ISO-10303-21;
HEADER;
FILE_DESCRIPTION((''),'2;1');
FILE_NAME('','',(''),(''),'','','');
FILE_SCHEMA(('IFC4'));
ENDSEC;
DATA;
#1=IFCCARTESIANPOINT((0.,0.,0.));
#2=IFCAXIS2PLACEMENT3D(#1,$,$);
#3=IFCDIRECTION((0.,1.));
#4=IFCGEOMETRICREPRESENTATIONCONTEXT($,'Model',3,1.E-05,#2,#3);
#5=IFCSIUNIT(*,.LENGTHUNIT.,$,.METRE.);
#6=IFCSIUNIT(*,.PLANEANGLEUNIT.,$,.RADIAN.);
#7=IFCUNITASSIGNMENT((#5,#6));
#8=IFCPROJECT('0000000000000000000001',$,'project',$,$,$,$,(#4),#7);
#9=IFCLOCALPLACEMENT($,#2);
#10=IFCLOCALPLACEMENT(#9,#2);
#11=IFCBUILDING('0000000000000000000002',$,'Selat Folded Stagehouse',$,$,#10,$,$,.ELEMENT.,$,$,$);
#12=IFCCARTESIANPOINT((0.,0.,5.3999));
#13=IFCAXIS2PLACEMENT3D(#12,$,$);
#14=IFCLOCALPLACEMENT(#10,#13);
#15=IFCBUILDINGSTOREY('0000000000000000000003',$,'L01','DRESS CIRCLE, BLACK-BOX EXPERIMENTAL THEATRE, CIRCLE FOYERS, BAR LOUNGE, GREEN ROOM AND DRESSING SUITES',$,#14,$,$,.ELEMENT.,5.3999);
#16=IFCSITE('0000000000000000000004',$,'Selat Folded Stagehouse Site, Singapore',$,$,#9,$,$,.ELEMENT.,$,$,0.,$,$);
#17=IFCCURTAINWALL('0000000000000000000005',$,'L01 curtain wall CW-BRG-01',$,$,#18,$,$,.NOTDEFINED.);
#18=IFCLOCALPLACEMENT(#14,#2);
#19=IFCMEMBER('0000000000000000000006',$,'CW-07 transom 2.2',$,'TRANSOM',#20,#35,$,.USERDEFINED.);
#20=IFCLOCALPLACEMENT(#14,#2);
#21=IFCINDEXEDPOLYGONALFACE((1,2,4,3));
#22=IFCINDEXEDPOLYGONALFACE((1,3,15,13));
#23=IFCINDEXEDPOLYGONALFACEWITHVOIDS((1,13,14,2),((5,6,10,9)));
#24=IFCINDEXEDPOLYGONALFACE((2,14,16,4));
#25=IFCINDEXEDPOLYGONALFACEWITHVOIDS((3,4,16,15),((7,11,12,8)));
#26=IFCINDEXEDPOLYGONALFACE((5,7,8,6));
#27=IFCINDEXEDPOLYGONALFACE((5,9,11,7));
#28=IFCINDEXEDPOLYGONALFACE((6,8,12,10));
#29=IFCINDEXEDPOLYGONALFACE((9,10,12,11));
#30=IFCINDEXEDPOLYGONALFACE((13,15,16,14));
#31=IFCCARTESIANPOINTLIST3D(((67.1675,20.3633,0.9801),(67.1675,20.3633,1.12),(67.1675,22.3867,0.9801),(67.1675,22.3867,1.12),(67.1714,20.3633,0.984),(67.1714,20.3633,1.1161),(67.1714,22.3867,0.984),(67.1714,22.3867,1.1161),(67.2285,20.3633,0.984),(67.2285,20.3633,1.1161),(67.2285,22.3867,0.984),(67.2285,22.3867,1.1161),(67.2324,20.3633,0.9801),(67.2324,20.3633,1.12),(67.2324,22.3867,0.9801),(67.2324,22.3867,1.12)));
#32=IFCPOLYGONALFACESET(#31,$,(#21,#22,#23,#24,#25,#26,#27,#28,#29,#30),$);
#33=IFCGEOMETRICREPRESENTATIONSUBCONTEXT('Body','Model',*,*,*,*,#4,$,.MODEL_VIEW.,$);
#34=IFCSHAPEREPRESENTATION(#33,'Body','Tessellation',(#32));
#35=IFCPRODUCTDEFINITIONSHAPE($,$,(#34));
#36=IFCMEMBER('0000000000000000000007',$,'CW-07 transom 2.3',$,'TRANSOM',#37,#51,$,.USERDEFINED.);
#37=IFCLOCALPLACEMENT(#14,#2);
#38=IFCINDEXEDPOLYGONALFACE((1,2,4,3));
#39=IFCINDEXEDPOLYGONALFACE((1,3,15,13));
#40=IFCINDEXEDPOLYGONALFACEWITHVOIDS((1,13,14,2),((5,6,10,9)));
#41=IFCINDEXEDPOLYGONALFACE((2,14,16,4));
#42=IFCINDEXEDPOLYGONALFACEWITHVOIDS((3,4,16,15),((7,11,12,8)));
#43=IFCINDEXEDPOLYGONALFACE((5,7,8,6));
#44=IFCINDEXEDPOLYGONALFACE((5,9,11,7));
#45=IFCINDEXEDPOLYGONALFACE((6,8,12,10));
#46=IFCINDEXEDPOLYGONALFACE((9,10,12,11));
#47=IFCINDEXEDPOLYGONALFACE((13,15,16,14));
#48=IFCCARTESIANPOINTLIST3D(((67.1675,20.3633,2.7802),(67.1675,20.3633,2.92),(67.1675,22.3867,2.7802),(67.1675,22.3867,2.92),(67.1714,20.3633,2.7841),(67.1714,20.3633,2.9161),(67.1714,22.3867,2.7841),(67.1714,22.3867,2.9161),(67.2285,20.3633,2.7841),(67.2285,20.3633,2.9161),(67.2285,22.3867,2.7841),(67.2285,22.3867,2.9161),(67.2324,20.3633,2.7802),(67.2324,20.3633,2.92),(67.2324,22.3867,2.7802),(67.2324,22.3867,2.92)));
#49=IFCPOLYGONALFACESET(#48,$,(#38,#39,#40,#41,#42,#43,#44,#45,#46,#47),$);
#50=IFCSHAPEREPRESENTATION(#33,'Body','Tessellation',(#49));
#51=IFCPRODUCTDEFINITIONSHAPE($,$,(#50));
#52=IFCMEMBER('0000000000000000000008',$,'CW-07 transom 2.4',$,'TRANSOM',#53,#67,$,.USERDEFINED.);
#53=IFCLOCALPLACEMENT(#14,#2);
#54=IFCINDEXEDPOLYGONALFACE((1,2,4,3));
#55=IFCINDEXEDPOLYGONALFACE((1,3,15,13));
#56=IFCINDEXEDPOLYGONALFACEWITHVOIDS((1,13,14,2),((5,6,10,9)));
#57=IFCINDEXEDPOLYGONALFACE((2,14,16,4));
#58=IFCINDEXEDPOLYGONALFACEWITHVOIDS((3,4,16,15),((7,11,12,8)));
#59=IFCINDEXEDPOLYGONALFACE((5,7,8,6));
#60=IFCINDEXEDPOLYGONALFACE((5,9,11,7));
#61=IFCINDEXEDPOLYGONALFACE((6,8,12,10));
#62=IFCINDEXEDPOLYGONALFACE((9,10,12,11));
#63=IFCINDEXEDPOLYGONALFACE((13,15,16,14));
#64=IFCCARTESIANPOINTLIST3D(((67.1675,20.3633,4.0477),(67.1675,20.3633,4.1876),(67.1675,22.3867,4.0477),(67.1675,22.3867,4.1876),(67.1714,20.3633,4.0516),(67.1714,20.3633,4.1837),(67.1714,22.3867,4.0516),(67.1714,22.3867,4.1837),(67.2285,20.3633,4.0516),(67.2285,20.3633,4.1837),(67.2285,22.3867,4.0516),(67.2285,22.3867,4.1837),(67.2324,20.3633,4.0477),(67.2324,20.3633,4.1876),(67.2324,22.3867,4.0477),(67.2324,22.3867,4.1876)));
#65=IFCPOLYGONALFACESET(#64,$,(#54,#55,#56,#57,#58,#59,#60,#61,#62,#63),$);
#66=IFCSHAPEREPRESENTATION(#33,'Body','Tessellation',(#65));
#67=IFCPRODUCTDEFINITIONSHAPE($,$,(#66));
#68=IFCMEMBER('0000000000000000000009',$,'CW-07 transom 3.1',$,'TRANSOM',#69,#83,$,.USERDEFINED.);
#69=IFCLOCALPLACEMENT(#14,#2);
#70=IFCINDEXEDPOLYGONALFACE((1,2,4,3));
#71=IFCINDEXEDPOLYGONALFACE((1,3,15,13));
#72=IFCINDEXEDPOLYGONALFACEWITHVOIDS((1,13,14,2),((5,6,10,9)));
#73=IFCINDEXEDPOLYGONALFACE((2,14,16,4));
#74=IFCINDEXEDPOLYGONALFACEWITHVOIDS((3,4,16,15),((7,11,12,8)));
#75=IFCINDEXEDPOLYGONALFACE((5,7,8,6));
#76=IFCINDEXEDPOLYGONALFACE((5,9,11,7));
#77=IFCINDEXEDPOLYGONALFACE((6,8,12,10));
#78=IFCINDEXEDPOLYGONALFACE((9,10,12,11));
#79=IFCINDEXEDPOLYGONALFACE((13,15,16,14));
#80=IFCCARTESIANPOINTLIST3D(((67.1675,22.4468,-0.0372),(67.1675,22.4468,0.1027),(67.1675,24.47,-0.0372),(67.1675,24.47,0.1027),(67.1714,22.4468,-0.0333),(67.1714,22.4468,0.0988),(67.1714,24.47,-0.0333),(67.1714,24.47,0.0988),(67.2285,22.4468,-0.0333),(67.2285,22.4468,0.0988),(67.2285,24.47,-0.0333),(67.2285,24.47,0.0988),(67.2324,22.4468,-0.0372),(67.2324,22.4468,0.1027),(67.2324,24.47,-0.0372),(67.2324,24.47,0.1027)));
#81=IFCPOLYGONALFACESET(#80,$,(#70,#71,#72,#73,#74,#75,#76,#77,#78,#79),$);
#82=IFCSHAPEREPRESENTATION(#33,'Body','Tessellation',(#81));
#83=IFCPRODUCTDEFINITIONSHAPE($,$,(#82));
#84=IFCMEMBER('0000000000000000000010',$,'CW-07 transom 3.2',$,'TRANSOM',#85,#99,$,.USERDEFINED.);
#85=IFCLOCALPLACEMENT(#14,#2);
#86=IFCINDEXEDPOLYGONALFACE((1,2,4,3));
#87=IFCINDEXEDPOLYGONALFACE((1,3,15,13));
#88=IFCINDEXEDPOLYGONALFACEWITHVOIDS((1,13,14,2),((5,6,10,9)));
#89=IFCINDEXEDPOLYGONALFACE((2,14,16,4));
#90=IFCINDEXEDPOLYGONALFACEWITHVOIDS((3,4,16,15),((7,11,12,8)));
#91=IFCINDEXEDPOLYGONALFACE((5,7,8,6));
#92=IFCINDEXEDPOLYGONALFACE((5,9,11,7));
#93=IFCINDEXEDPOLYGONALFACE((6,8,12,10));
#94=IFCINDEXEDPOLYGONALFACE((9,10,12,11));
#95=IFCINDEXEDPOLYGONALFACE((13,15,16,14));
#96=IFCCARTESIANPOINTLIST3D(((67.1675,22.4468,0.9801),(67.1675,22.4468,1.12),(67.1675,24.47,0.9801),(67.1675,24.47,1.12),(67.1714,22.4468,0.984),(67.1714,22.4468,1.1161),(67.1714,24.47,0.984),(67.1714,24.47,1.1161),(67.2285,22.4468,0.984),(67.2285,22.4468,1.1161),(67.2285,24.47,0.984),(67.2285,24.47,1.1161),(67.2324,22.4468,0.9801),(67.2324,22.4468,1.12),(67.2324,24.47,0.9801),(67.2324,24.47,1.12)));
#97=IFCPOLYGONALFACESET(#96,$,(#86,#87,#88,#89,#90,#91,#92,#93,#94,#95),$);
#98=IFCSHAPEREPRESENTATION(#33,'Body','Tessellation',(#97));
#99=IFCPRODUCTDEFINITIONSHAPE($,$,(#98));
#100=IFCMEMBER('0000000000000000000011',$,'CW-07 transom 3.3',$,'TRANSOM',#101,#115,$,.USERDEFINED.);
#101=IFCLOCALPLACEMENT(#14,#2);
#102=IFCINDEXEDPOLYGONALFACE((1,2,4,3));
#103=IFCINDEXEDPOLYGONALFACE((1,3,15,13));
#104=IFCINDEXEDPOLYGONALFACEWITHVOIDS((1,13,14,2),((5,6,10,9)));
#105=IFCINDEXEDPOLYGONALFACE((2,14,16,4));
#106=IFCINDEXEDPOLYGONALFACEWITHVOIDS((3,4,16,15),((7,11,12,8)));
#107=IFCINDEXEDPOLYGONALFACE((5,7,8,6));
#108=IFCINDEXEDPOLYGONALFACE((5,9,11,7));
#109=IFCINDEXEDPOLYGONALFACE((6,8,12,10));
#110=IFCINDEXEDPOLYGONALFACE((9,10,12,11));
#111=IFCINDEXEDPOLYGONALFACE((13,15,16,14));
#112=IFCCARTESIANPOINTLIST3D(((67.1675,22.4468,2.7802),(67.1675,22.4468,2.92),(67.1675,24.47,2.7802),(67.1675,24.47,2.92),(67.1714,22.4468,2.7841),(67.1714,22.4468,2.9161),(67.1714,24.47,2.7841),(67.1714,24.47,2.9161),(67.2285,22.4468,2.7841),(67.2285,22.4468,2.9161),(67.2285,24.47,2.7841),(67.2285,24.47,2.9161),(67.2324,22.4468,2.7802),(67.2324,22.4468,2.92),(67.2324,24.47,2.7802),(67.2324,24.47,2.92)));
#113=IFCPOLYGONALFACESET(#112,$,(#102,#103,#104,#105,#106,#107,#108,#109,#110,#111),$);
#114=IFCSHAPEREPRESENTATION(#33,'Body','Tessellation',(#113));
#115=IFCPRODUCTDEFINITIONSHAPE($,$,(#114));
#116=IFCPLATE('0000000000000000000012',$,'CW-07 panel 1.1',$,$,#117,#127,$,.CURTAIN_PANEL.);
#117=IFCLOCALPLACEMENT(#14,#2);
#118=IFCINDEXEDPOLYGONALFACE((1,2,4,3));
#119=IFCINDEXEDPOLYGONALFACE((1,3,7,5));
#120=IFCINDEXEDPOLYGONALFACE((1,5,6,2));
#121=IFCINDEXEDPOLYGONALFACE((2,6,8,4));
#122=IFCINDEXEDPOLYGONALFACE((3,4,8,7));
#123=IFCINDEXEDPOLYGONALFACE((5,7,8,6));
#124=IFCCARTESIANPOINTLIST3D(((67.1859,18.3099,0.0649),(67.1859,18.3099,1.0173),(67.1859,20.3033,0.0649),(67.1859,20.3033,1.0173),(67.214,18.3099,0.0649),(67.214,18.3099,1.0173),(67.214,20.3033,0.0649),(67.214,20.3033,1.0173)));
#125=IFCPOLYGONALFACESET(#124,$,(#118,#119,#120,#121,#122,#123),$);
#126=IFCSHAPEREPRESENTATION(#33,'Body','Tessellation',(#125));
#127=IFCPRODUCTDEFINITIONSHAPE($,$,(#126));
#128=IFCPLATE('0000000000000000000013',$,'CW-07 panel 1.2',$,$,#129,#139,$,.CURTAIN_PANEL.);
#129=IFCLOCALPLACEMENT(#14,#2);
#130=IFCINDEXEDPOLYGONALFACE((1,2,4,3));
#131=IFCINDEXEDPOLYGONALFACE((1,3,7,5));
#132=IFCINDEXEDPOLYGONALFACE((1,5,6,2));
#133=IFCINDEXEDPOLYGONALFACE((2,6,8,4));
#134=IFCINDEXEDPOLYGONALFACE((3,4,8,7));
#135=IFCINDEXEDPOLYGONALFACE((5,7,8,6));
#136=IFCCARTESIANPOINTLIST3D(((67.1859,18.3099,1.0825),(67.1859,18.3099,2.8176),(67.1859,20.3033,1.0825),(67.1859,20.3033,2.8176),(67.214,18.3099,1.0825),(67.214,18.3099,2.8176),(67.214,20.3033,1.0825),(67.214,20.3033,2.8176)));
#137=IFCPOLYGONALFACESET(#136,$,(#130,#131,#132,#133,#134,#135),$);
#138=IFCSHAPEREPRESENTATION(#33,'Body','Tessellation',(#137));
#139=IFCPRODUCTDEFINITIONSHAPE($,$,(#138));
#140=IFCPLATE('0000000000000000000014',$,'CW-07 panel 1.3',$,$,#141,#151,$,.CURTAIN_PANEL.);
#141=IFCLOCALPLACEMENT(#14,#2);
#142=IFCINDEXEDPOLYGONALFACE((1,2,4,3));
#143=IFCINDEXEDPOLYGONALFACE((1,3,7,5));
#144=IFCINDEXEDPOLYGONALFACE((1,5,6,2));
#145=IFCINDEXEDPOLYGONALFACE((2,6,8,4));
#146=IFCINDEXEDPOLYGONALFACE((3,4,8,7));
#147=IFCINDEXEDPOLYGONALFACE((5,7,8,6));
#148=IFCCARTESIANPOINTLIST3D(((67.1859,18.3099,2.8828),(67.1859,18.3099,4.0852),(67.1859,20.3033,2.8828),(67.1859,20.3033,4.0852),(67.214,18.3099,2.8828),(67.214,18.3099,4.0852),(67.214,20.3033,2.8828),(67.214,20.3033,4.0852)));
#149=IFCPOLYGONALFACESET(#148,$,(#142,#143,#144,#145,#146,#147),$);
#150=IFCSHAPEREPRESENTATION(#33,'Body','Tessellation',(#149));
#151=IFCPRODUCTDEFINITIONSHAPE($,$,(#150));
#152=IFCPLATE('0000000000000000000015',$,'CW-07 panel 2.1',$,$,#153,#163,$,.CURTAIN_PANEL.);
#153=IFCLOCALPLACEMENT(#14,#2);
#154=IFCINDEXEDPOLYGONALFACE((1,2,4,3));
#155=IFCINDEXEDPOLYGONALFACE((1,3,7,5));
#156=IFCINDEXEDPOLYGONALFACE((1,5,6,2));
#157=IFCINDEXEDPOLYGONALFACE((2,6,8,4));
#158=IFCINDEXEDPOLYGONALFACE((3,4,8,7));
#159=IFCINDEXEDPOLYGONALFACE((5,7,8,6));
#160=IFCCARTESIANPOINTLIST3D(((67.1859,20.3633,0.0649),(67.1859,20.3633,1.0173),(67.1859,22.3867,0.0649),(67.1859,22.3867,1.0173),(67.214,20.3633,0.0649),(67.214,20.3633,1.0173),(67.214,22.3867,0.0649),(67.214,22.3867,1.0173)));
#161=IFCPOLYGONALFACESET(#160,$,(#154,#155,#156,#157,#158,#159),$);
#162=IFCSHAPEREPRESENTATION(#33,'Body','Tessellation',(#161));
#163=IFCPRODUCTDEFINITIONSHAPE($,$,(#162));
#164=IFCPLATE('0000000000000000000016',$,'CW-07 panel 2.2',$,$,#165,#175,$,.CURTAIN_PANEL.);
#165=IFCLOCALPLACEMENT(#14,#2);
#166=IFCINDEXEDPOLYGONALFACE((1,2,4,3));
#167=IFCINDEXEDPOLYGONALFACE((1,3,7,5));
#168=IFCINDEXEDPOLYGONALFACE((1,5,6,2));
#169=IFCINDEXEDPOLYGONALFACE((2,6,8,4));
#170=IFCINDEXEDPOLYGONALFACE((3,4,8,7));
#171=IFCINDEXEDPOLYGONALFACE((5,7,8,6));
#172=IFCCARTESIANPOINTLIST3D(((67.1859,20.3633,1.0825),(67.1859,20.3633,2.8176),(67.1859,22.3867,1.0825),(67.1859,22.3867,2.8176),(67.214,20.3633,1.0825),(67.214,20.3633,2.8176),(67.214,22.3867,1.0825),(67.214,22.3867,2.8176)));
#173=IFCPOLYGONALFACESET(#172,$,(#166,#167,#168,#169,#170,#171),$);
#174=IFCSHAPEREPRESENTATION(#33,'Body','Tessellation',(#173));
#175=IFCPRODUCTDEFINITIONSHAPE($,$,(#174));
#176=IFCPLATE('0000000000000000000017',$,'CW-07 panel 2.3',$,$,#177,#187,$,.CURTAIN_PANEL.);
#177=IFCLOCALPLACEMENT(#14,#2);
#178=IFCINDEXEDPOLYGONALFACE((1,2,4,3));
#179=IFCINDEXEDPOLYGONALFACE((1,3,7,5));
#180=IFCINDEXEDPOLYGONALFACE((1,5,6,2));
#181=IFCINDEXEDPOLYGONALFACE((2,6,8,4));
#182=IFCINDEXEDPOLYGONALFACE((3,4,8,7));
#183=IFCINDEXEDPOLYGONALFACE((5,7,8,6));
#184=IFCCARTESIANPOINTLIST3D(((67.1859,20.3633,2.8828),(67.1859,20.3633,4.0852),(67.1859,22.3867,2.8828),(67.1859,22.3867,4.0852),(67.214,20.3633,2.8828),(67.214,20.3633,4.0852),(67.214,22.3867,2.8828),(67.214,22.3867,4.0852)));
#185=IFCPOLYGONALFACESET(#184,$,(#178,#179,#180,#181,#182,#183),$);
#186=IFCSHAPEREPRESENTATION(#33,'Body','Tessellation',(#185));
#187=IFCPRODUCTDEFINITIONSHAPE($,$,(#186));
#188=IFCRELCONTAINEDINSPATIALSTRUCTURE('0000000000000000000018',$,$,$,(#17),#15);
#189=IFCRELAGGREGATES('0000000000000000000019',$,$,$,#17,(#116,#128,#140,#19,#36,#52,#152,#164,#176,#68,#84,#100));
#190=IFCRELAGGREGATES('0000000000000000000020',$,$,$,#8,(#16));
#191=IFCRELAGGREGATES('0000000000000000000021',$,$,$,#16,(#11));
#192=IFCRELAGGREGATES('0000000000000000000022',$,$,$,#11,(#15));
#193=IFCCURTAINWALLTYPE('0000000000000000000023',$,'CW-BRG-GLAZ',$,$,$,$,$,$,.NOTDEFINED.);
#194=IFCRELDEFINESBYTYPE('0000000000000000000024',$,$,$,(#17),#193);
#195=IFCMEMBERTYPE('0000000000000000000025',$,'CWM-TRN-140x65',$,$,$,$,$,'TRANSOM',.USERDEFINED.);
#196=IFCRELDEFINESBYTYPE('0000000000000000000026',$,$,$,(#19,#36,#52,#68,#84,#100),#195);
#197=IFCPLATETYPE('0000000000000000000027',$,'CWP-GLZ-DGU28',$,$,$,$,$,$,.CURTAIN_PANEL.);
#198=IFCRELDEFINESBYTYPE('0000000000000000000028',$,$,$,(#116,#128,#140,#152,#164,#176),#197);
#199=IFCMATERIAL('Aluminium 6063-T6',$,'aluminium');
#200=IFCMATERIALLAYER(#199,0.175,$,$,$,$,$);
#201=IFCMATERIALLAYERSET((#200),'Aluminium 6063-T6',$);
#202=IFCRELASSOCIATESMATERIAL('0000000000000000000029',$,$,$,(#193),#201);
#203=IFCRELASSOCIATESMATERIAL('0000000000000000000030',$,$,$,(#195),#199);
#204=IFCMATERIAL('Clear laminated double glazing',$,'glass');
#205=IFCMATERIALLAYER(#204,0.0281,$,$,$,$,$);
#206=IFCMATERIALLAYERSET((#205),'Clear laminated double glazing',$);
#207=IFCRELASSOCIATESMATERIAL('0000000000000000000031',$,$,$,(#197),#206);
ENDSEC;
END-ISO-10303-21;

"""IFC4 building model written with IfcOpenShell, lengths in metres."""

from ifc_helpers import new_model, si_unit, direction, frame, origin, origin_2d, place, context, subcontext, project, spatial, rectangle, hollow_rectangle, extrude, material, layer, layer_set, material_profile, profile_set, type_object, element, aggregate, save


model = new_model("IFC4")

# Units and contexts
model_context = context("Model", 3, precision=1e-05, world=origin(), true_north=direction((0.0, 1.0)))
body_context = subcontext(model_context, "Body", "Model", "MODEL_VIEW")
ifc_project = project(units=[si_unit("LENGTHUNIT", "METRE"), si_unit("PLANEANGLEUNIT", "RADIAN")], contexts=[model_context])

# Site, building, storey
site_placement = place(None, origin())
site = spatial("IfcSite", under=ifc_project, at=site_placement, Name="Selat Folded Stagehouse Site, Singapore", CompositionType="ELEMENT", RefElevation=0.0)
building_placement = place(site_placement, origin())
building = spatial("IfcBuilding", under=site, at=building_placement, Name="Selat Folded Stagehouse", CompositionType="ELEMENT")
storey_placement = place(building_placement, frame((0.0, 0.0, 5.3999)))
storey = spatial("IfcBuildingStorey", under=building, at=storey_placement, Name="L01", Description="DRESS CIRCLE, BLACK-BOX EXPERIMENTAL THEATRE, CIRCLE FOYERS, BAR LOUNGE, GREEN ROOM AND DRESSING SUITES", CompositionType="ELEMENT", Elevation=5.3999)

# Curtain wall, members, plates
ifc_material_1 = material(Name="Aluminium 6063-T6", Category="aluminium")
ifc_layer_1 = layer(ifc_material_1, 0.175)
ifc_layer_set_1 = layer_set([ifc_layer_1], Name="Aluminium 6063-T6")
curtain_wall_type = type_object("IfcCurtainWallType", Name="CW-BRG-GLAZ", PredefinedType="NOTDEFINED", material=ifc_layer_set_1)
curtain_wall_placement = place(storey_placement, origin())
curtain_wall = element("IfcCurtainWall", 1, at=curtain_wall_placement, inside=storey, type_object=curtain_wall_type, Name="L01 curtain wall CW-BRG-01", PredefinedType="NOTDEFINED")
ifc_material_profile_1 = material_profile(ifc_material_1, hollow_rectangle(XDim=0.0649, YDim=0.1399, WallThickness=0.0039, at=origin_2d()), Name="ALU 140x65x4.0")
ifc_profile_set_1 = profile_set([ifc_material_profile_1], Name="Aluminium 6063-T6")
member_type_1 = type_object("IfcMemberType", Name="CWM-TRN-140x65", ElementType="TRANSOM", PredefinedType="USERDEFINED", material=ifc_profile_set_1)
member_1_placement = place(storey_placement, frame((67.2, 20.3633, 1.05), z_axis=(0.0, 1.0, 0.0), x_axis=(-1.0, 0.0, 0.0)))
member_1 = element("IfcMember", 2, at=member_1_placement, type_object=member_type_1, Name="CW-07 transom 2.2", ObjectType="TRANSOM", PredefinedType="USERDEFINED", context=body_context, shape_type="SweptSolid", body=[
    extrude(hollow_rectangle(XDim=0.0649, YDim=0.1399, WallThickness=0.0039, at=origin_2d()), origin(), (0.0, 0.0, 1.0), 2.0234),
])
member_2_placement = place(storey_placement, frame((67.2, 20.3633, 2.8501), z_axis=(0.0, 1.0, 0.0), x_axis=(-1.0, 0.0, 0.0)))
member_2 = element("IfcMember", 3, at=member_2_placement, type_object=member_type_1, Name="CW-07 transom 2.3", ObjectType="TRANSOM", PredefinedType="USERDEFINED", context=body_context, shape_type="SweptSolid", body=[
    extrude(hollow_rectangle(XDim=0.0649, YDim=0.1399, WallThickness=0.0039, at=origin_2d()), origin(), (0.0, 0.0, 1.0), 2.0234),
])
member_3_placement = place(storey_placement, frame((67.2, 20.3633, 4.1177), z_axis=(0.0, 1.0, 0.0), x_axis=(-1.0, 0.0, 0.0)))
member_3 = element("IfcMember", 4, at=member_3_placement, type_object=member_type_1, Name="CW-07 transom 2.4", ObjectType="TRANSOM", PredefinedType="USERDEFINED", context=body_context, shape_type="SweptSolid", body=[
    extrude(hollow_rectangle(XDim=0.0649, YDim=0.1399, WallThickness=0.0039, at=origin_2d()), origin(), (0.0, 0.0, 1.0), 2.0234),
])
member_4_placement = place(storey_placement, frame((67.2, 22.4468, 0.0327), z_axis=(0.0, 1.0, 0.0), x_axis=(-1.0, 0.0, 0.0)))
member_4 = element("IfcMember", 5, at=member_4_placement, type_object=member_type_1, Name="CW-07 transom 3.1", ObjectType="TRANSOM", PredefinedType="USERDEFINED", context=body_context, shape_type="SweptSolid", body=[
    extrude(hollow_rectangle(XDim=0.0649, YDim=0.1399, WallThickness=0.0039, at=origin_2d()), origin(), (0.0, 0.0, 1.0), 2.0232),
])
member_5_placement = place(storey_placement, frame((67.2, 22.4468, 1.05), z_axis=(0.0, 1.0, 0.0), x_axis=(-1.0, 0.0, 0.0)))
member_5 = element("IfcMember", 6, at=member_5_placement, type_object=member_type_1, Name="CW-07 transom 3.2", ObjectType="TRANSOM", PredefinedType="USERDEFINED", context=body_context, shape_type="SweptSolid", body=[
    extrude(hollow_rectangle(XDim=0.0649, YDim=0.1399, WallThickness=0.0039, at=origin_2d()), origin(), (0.0, 0.0, 1.0), 2.0232),
])
member_6_placement = place(storey_placement, frame((67.2, 22.4468, 2.8501), z_axis=(0.0, 1.0, 0.0), x_axis=(-1.0, 0.0, 0.0)))
member_6 = element("IfcMember", 7, at=member_6_placement, type_object=member_type_1, Name="CW-07 transom 3.3", ObjectType="TRANSOM", PredefinedType="USERDEFINED", context=body_context, shape_type="SweptSolid", body=[
    extrude(hollow_rectangle(XDim=0.0649, YDim=0.1399, WallThickness=0.0039, at=origin_2d()), origin(), (0.0, 0.0, 1.0), 2.0232),
])
ifc_material_2 = material(Name="Clear laminated double glazing", Category="glass")
ifc_layer_2 = layer(ifc_material_2, 0.0281)
ifc_layer_set_2 = layer_set([ifc_layer_2], Name="Clear laminated double glazing")
plate_type = type_object("IfcPlateType", Name="CWP-GLZ-DGU28", PredefinedType="CURTAIN_PANEL", material=ifc_layer_set_2)
plate_1_placement = place(storey_placement, frame((67.2, 19.3066, 0.0649), z_axis=(0.0, 0.0, 1.0), x_axis=(0.0, 1.0, 0.0)))
plate_1 = element("IfcPlate", 8, at=plate_1_placement, type_object=plate_type, Name="CW-07 panel 1.1", PredefinedType="CURTAIN_PANEL", context=body_context, shape_type="SweptSolid", body=[
    extrude(rectangle(XDim=1.9934, YDim=0.0281, at=origin_2d()), origin(), (0.0, 0.0, 1.0), 0.9524),
])
plate_2_placement = place(storey_placement, frame((67.2, 19.3066, 1.0825), z_axis=(0.0, 0.0, 1.0), x_axis=(0.0, 1.0, 0.0)))
plate_2 = element("IfcPlate", 9, at=plate_2_placement, type_object=plate_type, Name="CW-07 panel 1.2", PredefinedType="CURTAIN_PANEL", context=body_context, shape_type="SweptSolid", body=[
    extrude(rectangle(XDim=1.9934, YDim=0.0281, at=origin_2d()), origin(), (0.0, 0.0, 1.0), 1.7351),
])
plate_3_placement = place(storey_placement, frame((67.2, 19.3066, 2.8828), z_axis=(0.0, 0.0, 1.0), x_axis=(0.0, 1.0, 0.0)))
plate_3 = element("IfcPlate", 10, at=plate_3_placement, type_object=plate_type, Name="CW-07 panel 1.3", PredefinedType="CURTAIN_PANEL", context=body_context, shape_type="SweptSolid", body=[
    extrude(rectangle(XDim=1.9934, YDim=0.0281, at=origin_2d()), origin(), (0.0, 0.0, 1.0), 1.2024),
])
plate_4_placement = place(storey_placement, frame((67.2, 21.375, 0.0649), z_axis=(0.0, 0.0, 1.0), x_axis=(0.0, 1.0, 0.0)))
plate_4 = element("IfcPlate", 11, at=plate_4_placement, type_object=plate_type, Name="CW-07 panel 2.1", PredefinedType="CURTAIN_PANEL", context=body_context, shape_type="SweptSolid", body=[
    extrude(rectangle(XDim=2.0234, YDim=0.0281, at=origin_2d()), origin(), (0.0, 0.0, 1.0), 0.9524),
])
plate_5_placement = place(storey_placement, frame((67.2, 21.375, 1.0825), z_axis=(0.0, 0.0, 1.0), x_axis=(0.0, 1.0, 0.0)))
plate_5 = element("IfcPlate", 12, at=plate_5_placement, type_object=plate_type, Name="CW-07 panel 2.2", PredefinedType="CURTAIN_PANEL", context=body_context, shape_type="SweptSolid", body=[
    extrude(rectangle(XDim=2.0234, YDim=0.0281, at=origin_2d()), origin(), (0.0, 0.0, 1.0), 1.7351),
])
plate_6_placement = place(storey_placement, frame((67.2, 21.375, 2.8828), z_axis=(0.0, 0.0, 1.0), x_axis=(0.0, 1.0, 0.0)))
plate_6 = element("IfcPlate", 13, at=plate_6_placement, type_object=plate_type, Name="CW-07 panel 2.3", PredefinedType="CURTAIN_PANEL", context=body_context, shape_type="SweptSolid", body=[
    extrude(rectangle(XDim=2.0234, YDim=0.0281, at=origin_2d()), origin(), (0.0, 0.0, 1.0), 1.2024),
])
aggregate(curtain_wall, [plate_1, plate_2, plate_3, member_1, member_2, member_3, plate_4, plate_5, plate_6, member_4, member_5, member_6])

save(model, "model.ifc")
